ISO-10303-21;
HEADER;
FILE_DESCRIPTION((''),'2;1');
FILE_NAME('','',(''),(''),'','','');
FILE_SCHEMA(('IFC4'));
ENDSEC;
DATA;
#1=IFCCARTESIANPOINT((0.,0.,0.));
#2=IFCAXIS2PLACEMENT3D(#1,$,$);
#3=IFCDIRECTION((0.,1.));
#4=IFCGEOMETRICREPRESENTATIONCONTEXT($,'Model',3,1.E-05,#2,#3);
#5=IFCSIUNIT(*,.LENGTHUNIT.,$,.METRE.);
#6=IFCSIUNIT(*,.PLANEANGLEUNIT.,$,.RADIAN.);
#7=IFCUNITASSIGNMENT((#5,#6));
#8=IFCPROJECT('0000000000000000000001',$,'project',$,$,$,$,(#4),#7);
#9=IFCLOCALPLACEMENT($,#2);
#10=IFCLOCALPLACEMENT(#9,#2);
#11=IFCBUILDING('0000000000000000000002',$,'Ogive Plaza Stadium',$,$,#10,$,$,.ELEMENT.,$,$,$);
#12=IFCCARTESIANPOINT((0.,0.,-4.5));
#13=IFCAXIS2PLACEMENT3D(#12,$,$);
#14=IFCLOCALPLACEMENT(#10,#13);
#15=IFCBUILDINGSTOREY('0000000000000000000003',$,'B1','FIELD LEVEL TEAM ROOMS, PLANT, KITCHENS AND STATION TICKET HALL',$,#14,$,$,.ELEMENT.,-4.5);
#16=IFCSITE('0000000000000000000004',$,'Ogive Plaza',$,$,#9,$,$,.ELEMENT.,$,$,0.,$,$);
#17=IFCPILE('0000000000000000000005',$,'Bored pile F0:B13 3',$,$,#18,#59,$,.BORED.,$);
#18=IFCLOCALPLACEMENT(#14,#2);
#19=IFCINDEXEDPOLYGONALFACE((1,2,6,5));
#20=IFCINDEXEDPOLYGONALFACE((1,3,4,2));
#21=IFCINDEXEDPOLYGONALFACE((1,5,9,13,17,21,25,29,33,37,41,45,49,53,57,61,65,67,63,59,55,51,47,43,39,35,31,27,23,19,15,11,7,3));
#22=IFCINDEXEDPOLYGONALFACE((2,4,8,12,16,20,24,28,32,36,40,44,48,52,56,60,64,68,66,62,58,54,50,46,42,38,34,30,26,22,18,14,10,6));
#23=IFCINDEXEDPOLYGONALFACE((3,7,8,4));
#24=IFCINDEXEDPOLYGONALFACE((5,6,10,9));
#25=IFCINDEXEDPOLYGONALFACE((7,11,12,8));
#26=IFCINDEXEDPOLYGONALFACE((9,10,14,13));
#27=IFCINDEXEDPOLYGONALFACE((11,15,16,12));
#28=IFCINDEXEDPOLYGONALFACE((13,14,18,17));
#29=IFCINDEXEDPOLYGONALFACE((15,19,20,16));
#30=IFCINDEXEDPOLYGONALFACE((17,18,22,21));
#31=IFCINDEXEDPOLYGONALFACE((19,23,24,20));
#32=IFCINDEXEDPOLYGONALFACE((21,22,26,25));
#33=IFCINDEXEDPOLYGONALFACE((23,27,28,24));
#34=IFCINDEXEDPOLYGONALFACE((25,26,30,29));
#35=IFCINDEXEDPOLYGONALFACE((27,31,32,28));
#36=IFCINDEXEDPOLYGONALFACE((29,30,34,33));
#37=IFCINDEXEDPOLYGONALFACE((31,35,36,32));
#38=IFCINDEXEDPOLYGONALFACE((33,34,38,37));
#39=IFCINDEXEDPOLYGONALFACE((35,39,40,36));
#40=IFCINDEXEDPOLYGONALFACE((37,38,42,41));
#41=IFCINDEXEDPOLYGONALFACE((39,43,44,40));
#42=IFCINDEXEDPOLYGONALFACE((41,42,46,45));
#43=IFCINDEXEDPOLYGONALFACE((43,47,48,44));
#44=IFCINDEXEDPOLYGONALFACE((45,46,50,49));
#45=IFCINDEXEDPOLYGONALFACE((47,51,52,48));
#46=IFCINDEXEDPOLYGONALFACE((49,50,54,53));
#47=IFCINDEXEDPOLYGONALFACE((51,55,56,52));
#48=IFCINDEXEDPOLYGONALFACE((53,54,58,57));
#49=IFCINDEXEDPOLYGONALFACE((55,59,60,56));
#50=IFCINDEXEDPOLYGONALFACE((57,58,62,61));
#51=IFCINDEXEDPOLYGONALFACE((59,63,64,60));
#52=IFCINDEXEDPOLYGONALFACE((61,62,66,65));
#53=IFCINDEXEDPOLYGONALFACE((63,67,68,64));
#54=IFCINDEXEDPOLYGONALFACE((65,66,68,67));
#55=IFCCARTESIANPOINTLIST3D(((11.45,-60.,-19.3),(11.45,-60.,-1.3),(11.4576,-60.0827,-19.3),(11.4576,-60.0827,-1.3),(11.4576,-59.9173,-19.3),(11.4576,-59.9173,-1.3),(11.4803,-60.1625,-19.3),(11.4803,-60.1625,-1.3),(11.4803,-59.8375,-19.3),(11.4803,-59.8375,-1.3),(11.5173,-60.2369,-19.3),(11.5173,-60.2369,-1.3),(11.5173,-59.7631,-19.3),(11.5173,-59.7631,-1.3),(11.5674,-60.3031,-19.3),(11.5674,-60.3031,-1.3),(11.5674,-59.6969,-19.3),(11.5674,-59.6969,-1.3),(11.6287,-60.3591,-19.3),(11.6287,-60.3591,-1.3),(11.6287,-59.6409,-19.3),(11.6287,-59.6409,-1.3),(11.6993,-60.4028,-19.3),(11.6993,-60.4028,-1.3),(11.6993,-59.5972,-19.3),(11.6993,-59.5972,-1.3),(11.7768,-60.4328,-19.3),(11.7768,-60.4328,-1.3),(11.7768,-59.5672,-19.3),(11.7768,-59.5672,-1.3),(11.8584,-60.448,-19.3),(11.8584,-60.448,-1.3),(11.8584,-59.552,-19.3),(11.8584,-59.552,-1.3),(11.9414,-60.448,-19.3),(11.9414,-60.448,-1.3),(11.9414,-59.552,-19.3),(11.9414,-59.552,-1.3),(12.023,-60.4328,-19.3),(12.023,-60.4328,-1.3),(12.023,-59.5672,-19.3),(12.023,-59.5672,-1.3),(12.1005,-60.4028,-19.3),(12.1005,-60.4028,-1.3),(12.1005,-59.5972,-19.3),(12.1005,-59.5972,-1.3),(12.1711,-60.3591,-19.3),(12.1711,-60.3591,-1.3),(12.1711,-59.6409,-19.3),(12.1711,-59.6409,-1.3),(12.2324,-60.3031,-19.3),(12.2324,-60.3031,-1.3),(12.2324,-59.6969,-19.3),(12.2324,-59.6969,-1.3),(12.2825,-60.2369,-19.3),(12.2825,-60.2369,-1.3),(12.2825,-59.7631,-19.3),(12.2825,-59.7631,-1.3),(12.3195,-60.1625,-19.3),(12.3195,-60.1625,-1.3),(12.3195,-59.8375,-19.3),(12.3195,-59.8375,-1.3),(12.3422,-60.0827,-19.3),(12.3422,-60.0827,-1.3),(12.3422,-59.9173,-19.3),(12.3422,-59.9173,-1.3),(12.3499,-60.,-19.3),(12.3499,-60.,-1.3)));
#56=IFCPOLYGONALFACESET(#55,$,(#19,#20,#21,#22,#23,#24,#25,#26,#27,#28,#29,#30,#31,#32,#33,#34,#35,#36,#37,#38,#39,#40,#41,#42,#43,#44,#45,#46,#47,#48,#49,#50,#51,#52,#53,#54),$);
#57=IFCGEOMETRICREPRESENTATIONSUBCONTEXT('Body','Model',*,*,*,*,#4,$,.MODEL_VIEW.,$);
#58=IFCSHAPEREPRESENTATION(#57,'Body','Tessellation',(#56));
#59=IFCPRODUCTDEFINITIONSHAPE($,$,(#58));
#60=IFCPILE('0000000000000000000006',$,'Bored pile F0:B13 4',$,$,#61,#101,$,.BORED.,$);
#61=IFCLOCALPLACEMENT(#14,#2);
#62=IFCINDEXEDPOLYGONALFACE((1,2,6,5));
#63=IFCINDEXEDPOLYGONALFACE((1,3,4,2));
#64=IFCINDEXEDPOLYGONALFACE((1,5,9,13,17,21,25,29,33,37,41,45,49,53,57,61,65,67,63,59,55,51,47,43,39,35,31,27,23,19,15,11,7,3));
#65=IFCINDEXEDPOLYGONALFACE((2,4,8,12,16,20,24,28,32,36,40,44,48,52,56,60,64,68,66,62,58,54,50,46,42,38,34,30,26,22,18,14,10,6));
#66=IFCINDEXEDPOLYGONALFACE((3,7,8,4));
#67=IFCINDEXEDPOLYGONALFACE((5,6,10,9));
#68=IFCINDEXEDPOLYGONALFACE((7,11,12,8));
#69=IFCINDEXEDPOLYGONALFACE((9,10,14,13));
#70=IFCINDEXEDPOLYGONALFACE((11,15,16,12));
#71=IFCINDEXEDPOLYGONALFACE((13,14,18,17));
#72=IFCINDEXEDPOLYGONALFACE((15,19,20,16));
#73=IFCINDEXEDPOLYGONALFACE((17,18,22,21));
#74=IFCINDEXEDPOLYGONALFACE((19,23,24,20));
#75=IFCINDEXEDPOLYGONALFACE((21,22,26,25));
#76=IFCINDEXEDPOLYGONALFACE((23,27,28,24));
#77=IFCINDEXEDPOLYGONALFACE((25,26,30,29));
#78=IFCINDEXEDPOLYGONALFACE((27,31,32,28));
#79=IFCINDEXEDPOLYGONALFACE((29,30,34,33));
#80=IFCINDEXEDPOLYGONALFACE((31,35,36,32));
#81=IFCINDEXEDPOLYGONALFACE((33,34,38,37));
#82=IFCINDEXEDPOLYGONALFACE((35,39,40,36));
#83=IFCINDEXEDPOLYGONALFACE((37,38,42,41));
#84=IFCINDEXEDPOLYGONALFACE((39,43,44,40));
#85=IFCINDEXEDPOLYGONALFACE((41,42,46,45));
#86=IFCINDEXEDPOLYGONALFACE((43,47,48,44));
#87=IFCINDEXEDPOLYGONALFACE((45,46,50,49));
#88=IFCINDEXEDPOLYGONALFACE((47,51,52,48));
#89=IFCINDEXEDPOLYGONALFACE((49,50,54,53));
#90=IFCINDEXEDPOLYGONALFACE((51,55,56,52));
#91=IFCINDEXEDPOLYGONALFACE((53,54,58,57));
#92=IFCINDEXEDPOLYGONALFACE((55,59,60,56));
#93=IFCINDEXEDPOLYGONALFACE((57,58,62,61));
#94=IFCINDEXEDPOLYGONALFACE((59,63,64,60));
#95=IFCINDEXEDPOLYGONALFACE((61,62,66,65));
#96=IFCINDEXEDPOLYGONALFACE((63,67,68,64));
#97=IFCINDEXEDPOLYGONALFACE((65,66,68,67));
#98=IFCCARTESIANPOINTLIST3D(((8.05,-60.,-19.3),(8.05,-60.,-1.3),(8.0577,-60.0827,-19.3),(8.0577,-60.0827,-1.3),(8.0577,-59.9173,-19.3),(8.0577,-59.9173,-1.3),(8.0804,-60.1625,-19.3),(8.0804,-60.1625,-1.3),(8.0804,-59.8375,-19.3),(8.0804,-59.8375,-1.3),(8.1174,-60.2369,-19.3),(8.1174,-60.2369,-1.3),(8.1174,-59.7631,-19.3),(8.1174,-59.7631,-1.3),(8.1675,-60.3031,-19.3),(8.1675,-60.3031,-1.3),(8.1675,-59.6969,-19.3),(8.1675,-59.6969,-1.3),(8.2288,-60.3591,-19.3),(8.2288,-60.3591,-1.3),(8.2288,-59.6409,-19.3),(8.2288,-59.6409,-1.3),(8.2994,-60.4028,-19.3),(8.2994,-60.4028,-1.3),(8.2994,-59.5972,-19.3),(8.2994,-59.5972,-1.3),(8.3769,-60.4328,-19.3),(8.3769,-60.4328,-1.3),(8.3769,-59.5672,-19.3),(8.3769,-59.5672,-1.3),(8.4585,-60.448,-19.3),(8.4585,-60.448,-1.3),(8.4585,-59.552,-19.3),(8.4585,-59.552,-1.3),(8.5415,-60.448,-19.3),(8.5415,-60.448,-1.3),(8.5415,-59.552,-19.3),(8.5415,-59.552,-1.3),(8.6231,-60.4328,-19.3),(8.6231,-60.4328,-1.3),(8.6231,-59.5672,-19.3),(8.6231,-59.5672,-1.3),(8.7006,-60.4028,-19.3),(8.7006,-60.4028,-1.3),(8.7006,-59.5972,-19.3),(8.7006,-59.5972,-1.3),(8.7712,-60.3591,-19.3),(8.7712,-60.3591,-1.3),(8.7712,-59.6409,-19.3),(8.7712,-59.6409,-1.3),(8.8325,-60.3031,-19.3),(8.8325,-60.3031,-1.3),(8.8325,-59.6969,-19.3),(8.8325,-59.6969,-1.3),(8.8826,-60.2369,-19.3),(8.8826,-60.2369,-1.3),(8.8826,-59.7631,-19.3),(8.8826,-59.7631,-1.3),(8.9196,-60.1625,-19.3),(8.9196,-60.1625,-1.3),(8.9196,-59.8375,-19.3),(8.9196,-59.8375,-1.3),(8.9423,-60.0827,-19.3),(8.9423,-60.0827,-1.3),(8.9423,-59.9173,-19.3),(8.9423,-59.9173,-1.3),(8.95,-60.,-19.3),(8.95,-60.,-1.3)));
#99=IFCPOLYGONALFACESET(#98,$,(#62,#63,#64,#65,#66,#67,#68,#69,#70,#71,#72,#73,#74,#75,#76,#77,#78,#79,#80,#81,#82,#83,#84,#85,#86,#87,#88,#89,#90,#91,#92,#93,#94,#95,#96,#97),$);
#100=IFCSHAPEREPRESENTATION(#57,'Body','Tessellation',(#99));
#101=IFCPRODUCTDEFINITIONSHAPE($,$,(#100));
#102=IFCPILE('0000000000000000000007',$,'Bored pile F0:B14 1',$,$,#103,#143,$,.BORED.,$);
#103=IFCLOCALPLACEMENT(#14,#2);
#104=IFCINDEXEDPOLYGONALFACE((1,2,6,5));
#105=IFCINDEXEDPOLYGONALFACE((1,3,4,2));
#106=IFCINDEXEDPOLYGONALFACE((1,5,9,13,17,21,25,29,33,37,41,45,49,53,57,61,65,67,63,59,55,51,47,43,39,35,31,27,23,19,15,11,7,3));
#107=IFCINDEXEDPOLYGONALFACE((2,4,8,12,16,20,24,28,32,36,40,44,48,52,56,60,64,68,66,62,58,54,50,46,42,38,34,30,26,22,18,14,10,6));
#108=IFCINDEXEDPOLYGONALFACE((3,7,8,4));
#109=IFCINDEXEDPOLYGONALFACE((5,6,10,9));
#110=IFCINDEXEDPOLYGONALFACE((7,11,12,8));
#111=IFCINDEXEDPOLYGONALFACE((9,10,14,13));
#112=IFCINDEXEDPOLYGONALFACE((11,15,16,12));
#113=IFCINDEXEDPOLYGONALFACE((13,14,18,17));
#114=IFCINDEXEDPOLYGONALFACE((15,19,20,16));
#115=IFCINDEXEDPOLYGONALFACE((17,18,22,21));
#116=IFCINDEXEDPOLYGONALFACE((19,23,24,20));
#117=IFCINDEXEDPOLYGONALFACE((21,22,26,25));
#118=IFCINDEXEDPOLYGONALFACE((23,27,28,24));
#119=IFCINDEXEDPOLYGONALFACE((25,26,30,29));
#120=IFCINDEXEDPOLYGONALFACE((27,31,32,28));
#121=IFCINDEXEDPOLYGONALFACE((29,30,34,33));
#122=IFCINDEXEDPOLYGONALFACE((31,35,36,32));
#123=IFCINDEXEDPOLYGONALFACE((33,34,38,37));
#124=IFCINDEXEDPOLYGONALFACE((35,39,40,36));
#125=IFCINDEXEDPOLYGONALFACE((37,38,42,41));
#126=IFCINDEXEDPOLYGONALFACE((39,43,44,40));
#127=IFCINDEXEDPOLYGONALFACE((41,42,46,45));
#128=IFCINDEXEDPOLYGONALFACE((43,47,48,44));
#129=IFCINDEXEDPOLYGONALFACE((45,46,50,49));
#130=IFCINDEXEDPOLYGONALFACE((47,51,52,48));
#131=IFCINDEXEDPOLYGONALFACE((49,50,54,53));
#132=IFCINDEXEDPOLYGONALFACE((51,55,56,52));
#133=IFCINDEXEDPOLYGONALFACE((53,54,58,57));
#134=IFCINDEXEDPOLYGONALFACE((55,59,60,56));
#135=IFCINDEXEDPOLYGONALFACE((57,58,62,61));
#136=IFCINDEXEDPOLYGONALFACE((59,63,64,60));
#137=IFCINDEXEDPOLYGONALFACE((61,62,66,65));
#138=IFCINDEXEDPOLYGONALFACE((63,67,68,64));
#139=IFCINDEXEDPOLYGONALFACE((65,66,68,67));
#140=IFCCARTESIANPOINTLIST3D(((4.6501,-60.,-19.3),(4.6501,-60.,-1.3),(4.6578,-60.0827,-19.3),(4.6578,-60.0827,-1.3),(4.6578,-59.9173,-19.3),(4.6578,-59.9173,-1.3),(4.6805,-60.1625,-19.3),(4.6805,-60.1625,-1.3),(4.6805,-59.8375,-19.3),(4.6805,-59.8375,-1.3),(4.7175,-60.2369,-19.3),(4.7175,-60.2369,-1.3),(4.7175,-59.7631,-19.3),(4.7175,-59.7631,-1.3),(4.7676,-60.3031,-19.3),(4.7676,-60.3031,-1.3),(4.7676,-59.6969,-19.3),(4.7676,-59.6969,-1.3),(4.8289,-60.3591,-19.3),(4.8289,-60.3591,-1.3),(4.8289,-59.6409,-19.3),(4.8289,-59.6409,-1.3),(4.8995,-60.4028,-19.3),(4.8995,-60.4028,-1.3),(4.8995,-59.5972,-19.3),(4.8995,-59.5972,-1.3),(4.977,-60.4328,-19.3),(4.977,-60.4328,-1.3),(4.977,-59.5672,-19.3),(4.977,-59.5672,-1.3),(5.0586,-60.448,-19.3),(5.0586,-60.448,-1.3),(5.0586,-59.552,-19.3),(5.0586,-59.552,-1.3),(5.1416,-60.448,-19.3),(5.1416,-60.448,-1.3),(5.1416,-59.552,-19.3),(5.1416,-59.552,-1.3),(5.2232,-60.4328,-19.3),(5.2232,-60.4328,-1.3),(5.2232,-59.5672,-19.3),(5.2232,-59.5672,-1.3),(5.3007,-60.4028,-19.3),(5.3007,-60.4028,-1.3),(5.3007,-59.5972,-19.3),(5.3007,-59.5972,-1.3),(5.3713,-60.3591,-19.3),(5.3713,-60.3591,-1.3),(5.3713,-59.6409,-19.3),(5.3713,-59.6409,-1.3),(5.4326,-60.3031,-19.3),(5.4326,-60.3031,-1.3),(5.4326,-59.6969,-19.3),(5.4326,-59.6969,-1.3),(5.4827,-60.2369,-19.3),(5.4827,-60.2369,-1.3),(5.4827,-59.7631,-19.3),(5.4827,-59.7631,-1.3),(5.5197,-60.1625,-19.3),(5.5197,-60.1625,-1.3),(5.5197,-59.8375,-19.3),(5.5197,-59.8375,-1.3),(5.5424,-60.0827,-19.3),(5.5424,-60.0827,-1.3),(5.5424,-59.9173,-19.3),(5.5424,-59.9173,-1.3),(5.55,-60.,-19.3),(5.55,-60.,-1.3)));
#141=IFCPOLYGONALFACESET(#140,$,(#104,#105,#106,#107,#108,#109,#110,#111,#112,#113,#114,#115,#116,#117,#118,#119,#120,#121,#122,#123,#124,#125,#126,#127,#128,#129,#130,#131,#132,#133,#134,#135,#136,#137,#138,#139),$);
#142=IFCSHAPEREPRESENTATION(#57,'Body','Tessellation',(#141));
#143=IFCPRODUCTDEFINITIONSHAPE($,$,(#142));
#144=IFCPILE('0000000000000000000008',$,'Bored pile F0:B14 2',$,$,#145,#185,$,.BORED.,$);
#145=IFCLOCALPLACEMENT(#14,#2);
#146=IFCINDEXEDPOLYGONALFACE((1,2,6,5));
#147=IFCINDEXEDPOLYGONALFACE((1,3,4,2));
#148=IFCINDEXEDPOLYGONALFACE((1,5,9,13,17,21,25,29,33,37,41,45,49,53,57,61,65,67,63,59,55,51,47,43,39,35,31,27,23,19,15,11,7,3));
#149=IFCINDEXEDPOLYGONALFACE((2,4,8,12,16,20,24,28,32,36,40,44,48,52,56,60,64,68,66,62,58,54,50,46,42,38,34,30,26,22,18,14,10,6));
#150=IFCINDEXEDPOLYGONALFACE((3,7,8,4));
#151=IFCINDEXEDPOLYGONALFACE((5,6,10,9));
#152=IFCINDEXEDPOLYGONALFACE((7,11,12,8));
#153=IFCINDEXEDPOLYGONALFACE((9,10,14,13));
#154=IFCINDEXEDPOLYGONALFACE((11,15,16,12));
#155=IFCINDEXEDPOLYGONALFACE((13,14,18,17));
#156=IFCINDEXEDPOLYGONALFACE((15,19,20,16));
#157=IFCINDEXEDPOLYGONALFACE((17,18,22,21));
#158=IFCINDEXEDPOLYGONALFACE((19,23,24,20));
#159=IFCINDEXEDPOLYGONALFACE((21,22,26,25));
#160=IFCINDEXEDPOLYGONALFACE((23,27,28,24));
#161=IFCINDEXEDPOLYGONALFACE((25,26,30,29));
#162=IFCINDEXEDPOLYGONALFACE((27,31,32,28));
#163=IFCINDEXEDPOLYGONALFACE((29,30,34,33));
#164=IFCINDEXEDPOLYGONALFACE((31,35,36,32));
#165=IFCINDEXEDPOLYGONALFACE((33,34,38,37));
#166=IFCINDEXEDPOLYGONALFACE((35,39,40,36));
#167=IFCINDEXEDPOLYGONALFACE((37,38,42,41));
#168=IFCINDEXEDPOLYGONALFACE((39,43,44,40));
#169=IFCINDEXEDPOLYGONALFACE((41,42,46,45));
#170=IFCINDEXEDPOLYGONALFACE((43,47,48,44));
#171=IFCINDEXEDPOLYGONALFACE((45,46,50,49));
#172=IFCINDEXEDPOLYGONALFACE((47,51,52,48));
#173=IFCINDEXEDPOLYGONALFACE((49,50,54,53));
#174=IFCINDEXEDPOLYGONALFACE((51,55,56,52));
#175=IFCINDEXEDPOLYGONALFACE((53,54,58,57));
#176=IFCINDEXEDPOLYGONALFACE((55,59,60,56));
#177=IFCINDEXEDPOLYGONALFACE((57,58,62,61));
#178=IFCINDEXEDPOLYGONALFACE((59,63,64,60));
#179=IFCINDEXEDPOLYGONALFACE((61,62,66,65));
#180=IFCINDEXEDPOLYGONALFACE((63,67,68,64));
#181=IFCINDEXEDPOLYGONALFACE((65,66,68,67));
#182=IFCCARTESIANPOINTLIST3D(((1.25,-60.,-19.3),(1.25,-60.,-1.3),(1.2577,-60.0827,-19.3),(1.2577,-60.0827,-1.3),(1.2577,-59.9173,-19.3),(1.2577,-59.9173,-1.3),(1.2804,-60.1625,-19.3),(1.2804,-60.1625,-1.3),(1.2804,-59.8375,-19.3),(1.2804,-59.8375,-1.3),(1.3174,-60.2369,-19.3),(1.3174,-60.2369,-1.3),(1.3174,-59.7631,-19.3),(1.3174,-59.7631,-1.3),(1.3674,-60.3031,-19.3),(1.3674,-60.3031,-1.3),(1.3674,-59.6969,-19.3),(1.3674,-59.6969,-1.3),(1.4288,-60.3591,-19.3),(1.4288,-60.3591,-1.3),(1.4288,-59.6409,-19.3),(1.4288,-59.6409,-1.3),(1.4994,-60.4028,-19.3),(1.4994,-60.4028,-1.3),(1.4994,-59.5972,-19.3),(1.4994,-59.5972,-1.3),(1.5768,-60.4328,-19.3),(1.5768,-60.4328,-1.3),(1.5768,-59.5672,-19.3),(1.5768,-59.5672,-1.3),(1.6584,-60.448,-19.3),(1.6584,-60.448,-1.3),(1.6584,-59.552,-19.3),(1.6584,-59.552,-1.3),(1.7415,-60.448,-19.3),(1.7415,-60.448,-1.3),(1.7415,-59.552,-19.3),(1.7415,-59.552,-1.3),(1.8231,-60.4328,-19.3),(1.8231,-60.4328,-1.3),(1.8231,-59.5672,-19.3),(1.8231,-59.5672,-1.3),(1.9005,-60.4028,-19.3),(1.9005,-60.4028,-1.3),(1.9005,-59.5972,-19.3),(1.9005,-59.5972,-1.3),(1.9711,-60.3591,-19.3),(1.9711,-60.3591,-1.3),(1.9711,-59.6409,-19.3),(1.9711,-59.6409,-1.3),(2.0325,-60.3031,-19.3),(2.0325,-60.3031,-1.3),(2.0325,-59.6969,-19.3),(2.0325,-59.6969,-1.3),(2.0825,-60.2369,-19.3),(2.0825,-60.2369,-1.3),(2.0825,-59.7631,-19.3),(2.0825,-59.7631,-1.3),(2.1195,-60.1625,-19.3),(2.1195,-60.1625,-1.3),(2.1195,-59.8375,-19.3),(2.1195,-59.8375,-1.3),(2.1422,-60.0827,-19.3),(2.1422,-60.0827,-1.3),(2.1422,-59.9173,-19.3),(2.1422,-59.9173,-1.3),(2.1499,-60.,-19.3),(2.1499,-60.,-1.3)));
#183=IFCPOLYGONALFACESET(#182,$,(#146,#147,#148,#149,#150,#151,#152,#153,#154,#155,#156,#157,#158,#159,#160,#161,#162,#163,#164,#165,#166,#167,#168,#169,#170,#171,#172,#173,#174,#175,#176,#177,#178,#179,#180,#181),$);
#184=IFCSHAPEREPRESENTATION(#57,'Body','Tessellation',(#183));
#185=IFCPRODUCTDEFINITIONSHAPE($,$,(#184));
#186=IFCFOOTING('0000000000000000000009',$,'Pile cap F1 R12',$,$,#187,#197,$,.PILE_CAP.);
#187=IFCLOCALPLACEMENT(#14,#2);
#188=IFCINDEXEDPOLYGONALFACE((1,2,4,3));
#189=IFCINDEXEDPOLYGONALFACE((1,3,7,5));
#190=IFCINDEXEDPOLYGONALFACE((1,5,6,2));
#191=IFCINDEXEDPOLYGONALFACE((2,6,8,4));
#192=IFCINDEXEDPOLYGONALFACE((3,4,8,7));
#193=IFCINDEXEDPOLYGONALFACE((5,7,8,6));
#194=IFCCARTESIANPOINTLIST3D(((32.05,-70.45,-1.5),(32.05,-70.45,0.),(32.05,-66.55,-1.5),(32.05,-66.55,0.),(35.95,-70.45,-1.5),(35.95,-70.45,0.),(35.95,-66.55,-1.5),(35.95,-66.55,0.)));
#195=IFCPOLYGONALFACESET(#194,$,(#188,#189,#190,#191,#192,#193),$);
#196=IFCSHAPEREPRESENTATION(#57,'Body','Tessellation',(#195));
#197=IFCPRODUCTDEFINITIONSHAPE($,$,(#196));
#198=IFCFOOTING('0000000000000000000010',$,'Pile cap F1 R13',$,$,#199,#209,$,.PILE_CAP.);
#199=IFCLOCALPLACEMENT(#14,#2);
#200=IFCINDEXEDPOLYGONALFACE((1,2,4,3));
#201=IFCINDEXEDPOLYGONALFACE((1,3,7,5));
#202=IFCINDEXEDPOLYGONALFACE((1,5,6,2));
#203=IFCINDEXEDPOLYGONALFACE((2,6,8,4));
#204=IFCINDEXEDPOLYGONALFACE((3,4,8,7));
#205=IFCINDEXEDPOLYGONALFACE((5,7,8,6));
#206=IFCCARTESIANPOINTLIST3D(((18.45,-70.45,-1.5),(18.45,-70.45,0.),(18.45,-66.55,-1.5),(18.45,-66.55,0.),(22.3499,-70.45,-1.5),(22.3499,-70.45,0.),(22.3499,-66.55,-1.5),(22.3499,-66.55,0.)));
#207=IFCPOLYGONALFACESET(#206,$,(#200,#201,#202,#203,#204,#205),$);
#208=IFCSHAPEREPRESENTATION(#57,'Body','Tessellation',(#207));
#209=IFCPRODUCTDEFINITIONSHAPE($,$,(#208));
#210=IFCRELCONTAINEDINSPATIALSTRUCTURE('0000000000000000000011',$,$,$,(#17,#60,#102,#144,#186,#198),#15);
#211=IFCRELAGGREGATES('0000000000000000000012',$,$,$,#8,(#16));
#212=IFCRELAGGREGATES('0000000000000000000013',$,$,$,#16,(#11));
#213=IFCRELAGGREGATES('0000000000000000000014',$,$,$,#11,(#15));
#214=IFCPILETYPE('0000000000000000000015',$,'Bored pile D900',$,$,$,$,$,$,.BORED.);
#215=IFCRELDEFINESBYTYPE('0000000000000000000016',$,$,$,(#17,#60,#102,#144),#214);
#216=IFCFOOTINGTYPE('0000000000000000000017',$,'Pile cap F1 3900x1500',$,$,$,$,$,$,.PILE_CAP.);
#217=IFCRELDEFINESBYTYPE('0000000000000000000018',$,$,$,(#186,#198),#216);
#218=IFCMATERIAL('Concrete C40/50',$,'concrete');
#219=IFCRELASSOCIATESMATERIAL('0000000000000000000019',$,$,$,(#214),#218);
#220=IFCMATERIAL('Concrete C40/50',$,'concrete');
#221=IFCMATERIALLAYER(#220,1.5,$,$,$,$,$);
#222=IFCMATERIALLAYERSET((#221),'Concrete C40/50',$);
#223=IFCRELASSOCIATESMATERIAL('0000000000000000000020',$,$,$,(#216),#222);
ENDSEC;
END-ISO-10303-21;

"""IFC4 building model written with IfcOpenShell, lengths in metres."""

from ifc_helpers import new_model, si_unit, direction, frame, origin, origin_2d, place, context, subcontext, project, spatial, rectangle, circle, extrude, material, layer, layer_set, material_profile, profile_set, type_object, element, save


model = new_model("IFC4")

# Units and contexts
model_context = context("Model", 3, precision=1e-05, world=origin(), true_north=direction((0.0, 1.0)))
body_context = subcontext(model_context, "Body", "Model", "MODEL_VIEW")
ifc_project = project(units=[si_unit("LENGTHUNIT", "METRE"), si_unit("PLANEANGLEUNIT", "RADIAN")], contexts=[model_context])

# Site, building, storey
site_placement = place(None, origin())
site = spatial("IfcSite", under=ifc_project, at=site_placement, Name="Ogive Plaza", CompositionType="ELEMENT", RefElevation=0.0)
building_placement = place(site_placement, origin())
building = spatial("IfcBuilding", under=site, at=building_placement, Name="Ogive Plaza Stadium", CompositionType="ELEMENT")
storey_placement = place(building_placement, frame((0.0, 0.0, -4.5)))
storey = spatial("IfcBuildingStorey", under=building, at=storey_placement, Name="B1", Description="FIELD LEVEL TEAM ROOMS, PLANT, KITCHENS AND STATION TICKET HALL", CompositionType="ELEMENT", Elevation=-4.5)

# Piles
ifc_material_1 = material(Name="Concrete C40/50", Category="concrete")
ifc_material_profile_1 = material_profile(ifc_material_1, circle(Radius=0.45, at=origin_2d()), Name="RC D900")
ifc_profile_set_1 = profile_set([ifc_material_profile_1], Name="Concrete C40/50")
pile_type = type_object("IfcPileType", Name="Bored pile D900", PredefinedType="BORED", material=ifc_profile_set_1)
for number, where, z_axis, x_axis, name in (
    (1, (11.8999, -60.0, -1.3), (0.0, 0.0, -1.0), (1.0, 0.0, 0.0), "Bored pile F0:B13 3"),
    (2, (8.5, -60.0, -1.3), (0.0, 0.0, -1.0), (1.0, 0.0, 0.0), "Bored pile F0:B13 4"),
    (3, (5.1001, -60.0, -1.3), (0.0, 0.0, -1.0), (1.0, 0.0, 0.0), "Bored pile F0:B14 1"),
    (4, (1.7, -60.0, -1.3), (0.0, 0.0, -1.0), (1.0, 0.0, 0.0), "Bored pile F0:B14 2"),
):
    element("IfcPile", number, at=place(storey_placement, frame(where, z_axis=z_axis, x_axis=x_axis)), inside=storey, type_object=pile_type, Name=name, PredefinedType="BORED", context=body_context, shape_type="SweptSolid", body=[
        extrude(circle(Radius=0.45, at=origin_2d()), origin(), (0.0, 0.0, 1.0), 18.0),
    ])

# Footings
ifc_material_2 = material(Name="Concrete C40/50", Category="concrete")
ifc_layer_1 = layer(ifc_material_2, 1.5)
ifc_layer_set_1 = layer_set([ifc_layer_1], Name="Concrete C40/50")
footing_type = type_object("IfcFootingType", Name="Pile cap F1 3900x1500", PredefinedType="PILE_CAP", material=ifc_layer_set_1)
for number, where, z_axis, x_axis, name in (
    (5, (34.0, -68.5, -1.5), (0.0, 0.0, 1.0), (0.0, -1.0, 0.0), "Pile cap F1 R12"),
    (6, (20.3999, -68.5, -1.5), (0.0, 0.0, 1.0), (0.0, -1.0, 0.0), "Pile cap F1 R13"),
):
    element("IfcFooting", number, at=place(storey_placement, frame(where, z_axis=z_axis, x_axis=x_axis)), inside=storey, type_object=footing_type, Name=name, PredefinedType="PILE_CAP", context=body_context, shape_type="SweptSolid", body=[
        extrude(rectangle(XDim=3.8999, YDim=3.8999, at=origin_2d()), origin(), (0.0, 0.0, 1.0), 1.5),
    ])

save(model, "model.ifc")
